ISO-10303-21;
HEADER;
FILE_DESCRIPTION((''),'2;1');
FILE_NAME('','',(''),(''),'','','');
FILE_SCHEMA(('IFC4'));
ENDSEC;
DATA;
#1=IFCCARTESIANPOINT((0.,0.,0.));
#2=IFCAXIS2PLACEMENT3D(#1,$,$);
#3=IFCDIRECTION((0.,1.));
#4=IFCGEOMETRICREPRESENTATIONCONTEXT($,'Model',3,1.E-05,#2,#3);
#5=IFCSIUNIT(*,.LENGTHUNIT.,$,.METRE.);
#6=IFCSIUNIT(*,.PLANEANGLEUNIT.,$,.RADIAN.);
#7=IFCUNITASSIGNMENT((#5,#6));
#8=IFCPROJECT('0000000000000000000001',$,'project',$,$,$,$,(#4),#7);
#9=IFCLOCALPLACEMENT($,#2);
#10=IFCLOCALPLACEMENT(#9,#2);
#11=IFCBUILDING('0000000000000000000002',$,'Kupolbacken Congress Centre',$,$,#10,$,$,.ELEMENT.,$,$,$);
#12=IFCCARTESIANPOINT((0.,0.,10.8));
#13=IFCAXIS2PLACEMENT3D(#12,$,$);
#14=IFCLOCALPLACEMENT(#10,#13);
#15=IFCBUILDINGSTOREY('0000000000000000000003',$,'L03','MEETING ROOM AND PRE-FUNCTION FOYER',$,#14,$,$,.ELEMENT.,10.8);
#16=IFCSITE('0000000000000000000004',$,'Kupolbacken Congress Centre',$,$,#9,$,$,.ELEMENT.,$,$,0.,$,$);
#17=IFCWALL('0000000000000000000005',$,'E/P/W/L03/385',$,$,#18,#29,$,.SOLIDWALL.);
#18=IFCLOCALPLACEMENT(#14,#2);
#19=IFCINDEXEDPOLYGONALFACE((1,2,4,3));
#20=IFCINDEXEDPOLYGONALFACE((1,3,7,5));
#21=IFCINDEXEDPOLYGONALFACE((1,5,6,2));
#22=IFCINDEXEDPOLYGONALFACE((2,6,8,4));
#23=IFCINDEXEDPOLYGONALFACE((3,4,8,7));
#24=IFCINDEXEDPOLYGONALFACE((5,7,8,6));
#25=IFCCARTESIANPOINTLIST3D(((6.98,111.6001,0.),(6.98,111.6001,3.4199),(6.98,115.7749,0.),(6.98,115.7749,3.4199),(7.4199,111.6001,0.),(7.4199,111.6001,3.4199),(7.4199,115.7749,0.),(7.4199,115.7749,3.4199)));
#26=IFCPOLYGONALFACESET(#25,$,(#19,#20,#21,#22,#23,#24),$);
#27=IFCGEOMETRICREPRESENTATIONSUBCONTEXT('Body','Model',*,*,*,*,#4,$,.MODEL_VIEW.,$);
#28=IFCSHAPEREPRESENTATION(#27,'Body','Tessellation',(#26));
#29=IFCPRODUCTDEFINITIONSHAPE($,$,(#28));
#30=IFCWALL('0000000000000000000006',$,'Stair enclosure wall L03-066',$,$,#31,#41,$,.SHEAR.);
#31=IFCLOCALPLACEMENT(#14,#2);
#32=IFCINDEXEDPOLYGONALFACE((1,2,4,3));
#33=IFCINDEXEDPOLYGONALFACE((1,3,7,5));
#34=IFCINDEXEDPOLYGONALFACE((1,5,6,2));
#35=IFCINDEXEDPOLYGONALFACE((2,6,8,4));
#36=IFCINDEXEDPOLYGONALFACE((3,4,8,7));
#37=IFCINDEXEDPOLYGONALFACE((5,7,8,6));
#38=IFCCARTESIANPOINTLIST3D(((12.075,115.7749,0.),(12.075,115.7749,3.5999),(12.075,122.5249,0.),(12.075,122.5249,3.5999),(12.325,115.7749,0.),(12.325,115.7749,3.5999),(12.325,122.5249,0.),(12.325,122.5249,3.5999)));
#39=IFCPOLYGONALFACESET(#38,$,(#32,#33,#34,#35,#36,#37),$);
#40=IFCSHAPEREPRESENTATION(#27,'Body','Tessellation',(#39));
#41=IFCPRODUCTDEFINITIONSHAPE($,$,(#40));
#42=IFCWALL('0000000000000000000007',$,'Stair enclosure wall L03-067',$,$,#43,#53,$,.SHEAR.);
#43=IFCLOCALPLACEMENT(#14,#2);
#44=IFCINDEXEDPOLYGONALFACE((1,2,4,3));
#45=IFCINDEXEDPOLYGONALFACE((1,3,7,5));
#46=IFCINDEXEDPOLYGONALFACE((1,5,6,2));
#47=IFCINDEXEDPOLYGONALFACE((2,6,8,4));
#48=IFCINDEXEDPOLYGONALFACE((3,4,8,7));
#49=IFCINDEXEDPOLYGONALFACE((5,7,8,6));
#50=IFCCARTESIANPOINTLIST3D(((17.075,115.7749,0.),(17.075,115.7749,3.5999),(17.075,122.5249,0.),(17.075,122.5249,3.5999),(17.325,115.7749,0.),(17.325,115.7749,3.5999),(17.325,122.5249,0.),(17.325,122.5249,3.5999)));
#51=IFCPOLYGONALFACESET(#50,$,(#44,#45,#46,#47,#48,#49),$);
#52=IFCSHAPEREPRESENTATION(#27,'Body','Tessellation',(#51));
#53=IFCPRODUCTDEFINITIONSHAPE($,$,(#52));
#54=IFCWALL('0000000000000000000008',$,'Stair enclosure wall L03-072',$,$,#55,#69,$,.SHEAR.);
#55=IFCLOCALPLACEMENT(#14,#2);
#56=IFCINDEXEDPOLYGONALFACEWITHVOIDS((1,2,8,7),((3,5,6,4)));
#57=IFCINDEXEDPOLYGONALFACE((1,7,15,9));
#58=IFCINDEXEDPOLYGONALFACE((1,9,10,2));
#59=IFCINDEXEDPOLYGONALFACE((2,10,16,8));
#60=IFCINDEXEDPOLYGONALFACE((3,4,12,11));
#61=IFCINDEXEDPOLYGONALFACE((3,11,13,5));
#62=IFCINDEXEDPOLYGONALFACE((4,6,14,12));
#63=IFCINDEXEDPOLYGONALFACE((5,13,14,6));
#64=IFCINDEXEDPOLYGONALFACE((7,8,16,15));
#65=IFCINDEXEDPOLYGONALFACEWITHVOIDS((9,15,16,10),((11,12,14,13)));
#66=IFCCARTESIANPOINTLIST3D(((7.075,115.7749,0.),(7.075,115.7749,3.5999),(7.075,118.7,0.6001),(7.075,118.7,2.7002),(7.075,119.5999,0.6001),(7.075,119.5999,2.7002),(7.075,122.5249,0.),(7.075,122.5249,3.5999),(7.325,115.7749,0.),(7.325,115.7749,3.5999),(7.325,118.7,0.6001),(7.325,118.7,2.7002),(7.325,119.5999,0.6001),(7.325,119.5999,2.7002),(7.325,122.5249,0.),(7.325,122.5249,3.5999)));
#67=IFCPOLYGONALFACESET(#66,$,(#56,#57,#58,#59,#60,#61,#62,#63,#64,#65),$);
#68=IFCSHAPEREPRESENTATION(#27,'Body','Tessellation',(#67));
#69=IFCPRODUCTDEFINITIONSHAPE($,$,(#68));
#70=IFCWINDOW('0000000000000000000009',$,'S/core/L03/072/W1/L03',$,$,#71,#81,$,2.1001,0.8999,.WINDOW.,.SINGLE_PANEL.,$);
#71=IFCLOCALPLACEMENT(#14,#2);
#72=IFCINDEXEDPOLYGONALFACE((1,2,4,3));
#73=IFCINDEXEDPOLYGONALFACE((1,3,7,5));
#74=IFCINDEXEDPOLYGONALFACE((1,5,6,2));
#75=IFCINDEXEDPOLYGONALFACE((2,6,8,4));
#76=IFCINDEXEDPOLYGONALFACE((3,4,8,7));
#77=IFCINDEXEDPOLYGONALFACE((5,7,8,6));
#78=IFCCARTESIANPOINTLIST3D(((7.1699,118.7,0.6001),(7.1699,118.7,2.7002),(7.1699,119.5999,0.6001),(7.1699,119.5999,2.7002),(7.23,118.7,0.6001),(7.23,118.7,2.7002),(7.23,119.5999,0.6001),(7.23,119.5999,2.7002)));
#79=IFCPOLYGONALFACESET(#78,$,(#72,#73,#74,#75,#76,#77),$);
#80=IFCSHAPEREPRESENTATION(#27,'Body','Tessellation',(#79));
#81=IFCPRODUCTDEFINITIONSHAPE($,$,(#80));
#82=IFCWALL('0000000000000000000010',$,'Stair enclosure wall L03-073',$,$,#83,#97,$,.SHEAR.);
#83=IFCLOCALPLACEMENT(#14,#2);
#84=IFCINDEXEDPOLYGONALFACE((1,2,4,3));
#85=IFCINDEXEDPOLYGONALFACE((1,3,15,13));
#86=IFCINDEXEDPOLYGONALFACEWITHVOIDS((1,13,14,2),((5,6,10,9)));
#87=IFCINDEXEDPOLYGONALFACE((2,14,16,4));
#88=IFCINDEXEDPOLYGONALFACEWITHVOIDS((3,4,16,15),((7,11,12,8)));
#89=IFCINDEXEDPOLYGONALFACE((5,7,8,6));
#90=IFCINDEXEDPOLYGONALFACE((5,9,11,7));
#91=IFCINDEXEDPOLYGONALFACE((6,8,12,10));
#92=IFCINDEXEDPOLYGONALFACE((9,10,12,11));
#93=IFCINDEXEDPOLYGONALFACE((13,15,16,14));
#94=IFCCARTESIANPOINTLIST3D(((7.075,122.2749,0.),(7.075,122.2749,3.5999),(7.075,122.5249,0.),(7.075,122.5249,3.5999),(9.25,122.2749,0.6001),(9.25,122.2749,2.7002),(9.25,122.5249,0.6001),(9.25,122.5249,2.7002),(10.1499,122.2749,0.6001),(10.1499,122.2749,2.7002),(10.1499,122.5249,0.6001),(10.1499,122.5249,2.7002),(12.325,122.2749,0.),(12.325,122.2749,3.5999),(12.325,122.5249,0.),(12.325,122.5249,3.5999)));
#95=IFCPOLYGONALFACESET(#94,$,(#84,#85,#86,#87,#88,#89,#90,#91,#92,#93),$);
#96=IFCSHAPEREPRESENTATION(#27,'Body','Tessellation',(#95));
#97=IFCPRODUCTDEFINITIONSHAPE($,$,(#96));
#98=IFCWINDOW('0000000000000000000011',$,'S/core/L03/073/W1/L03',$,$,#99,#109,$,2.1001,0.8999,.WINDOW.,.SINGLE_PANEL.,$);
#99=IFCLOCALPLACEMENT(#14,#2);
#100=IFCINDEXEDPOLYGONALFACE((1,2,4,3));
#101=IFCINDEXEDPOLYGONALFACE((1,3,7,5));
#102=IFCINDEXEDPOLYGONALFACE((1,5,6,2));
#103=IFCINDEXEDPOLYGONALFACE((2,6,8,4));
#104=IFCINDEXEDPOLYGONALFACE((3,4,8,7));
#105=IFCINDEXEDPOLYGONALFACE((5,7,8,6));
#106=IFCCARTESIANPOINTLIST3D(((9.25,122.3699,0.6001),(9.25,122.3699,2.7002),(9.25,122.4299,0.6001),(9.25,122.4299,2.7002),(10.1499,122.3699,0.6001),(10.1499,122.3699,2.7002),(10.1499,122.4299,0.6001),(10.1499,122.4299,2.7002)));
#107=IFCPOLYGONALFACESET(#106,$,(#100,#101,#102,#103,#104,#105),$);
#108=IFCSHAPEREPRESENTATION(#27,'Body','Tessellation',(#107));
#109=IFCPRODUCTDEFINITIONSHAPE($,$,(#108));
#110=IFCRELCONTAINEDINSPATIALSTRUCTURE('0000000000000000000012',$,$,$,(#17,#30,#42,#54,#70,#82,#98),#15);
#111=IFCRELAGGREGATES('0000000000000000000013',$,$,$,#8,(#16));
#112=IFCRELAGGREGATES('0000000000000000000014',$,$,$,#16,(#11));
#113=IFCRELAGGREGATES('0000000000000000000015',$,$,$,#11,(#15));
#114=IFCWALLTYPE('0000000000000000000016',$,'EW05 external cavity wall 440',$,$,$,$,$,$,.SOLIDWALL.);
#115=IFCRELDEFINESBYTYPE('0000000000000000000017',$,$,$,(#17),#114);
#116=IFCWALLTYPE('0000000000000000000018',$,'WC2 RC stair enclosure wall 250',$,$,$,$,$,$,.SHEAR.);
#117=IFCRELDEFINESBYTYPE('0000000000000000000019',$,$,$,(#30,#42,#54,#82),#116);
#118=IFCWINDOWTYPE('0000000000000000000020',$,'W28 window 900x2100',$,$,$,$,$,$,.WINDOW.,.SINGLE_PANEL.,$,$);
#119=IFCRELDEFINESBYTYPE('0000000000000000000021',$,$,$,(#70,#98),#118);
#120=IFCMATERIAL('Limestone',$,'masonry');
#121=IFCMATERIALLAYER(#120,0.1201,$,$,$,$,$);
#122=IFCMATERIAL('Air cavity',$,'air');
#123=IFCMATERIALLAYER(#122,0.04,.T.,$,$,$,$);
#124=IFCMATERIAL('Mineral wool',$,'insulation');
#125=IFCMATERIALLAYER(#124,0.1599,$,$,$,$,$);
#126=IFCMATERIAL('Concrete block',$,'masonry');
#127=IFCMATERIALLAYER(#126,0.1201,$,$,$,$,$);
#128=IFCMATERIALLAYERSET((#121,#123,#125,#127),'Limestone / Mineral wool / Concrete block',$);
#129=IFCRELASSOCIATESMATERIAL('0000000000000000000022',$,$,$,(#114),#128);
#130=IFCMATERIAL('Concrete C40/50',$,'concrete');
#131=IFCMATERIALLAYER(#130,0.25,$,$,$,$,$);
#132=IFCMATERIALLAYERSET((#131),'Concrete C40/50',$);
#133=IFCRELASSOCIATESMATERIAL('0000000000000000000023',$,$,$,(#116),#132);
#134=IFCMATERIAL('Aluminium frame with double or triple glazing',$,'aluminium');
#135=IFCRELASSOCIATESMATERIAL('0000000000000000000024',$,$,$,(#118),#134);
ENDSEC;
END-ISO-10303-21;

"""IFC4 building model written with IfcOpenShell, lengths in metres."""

from ifc_helpers import new_model, si_unit, direction, frame, frame_2d, origin, place, context, subcontext, project, spatial, rectangle, extrude, material, layer, layer_set, type_object, element, fill, save


model = new_model("IFC4")

# Units and contexts
model_context = context("Model", 3, precision=1e-05, world=origin(), true_north=direction((0.0, 1.0)))
body_context = subcontext(model_context, "Body", "Model", "MODEL_VIEW")
ifc_project = project(units=[si_unit("LENGTHUNIT", "METRE"), si_unit("PLANEANGLEUNIT", "RADIAN")], contexts=[model_context])

# Site, building, storey
site_placement = place(None, origin())
site = spatial("IfcSite", under=ifc_project, at=site_placement, Name="Kupolbacken Congress Centre", CompositionType="ELEMENT", RefElevation=0.0)
building_placement = place(site_placement, origin())
building = spatial("IfcBuilding", under=site, at=building_placement, Name="Kupolbacken Congress Centre", CompositionType="ELEMENT")
storey_placement = place(building_placement, frame((0.0, 0.0, 10.8)))
storey = spatial("IfcBuildingStorey", under=building, at=storey_placement, Name="L03", Description="MEETING ROOM AND PRE-FUNCTION FOYER", CompositionType="ELEMENT", Elevation=10.8)

# Wall
ifc_material_1 = material(Name="Limestone", Category="masonry")
ifc_layer_1 = layer(ifc_material_1, 0.1201)
ifc_material_2 = material(Name="Air cavity", Category="air")
ifc_layer_2 = layer(ifc_material_2, 0.04, ventilated=True)
ifc_material_3 = material(Name="Mineral wool", Category="insulation")
ifc_layer_3 = layer(ifc_material_3, 0.1599)
ifc_material_4 = material(Name="Concrete block", Category="masonry")
ifc_layer_4 = layer(ifc_material_4, 0.1201)
ifc_layer_set_1 = layer_set([ifc_layer_1, ifc_layer_2, ifc_layer_3, ifc_layer_4], Name="Limestone / Mineral wool / Concrete block")
wall_type_1 = type_object("IfcWallType", Name="EW05 external cavity wall 440", PredefinedType="SOLIDWALL", material=ifc_layer_set_1)
wall_1_placement = place(storey_placement, frame((7.2, 115.7749, 0.0), z_axis=(0.0, 0.0, 1.0), x_axis=(0.0, -1.0, 0.0)))
element("IfcWall", 1, at=wall_1_placement, inside=storey, type_object=wall_type_1, Name="E/P/W/L03/385", PredefinedType="SOLIDWALL", context=body_context, shape_type="SweptSolid", body=[
    extrude(rectangle(XDim=4.1748, YDim=0.4399, at=frame_2d((2.0874, 0.0))), origin(), (0.0, 0.0, 1.0), 3.4199),
])

# Shared definitions
ifc_material_5 = material(Name="Concrete C40/50", Category="concrete")
ifc_layer_5 = layer(ifc_material_5, 0.25)
ifc_layer_set_2 = layer_set([ifc_layer_5], Name="Concrete C40/50")
wall_type_2 = type_object("IfcWallType", Name="WC2 RC stair enclosure wall 250", PredefinedType="SHEAR", material=ifc_layer_set_2)

# Walls
for number, where, z_axis, x_axis, name in (
    (2, (12.2, 115.7749, 0.0), (0.0, 0.0, 1.0), (0.0, 1.0, 0.0), "Stair enclosure wall L03-066"),
    (3, (17.2, 115.7749, 0.0), (0.0, 0.0, 1.0), (0.0, 1.0, 0.0), "Stair enclosure wall L03-067"),
):
    element("IfcWall", number, at=place(storey_placement, frame(where, z_axis=z_axis, x_axis=x_axis)), inside=storey, type_object=wall_type_2, Name=name, PredefinedType="SHEAR", context=body_context, shape_type="SweptSolid", body=[
        extrude(rectangle(XDim=6.75, YDim=0.25, at=frame_2d((3.375, 0.0))), origin(), (0.0, 0.0, 1.0), 3.5999),
    ])

# Walls, openings, windows
wall_2_placement = place(storey_placement, frame((7.2, 122.5249, 0.0), z_axis=(0.0, 0.0, 1.0), x_axis=(0.0, -1.0, 0.0)))
wall_2 = element("IfcWall", 4, at=wall_2_placement, inside=storey, type_object=wall_type_2, Name="Stair enclosure wall L03-072", PredefinedType="SHEAR", context=body_context, shape_type="SweptSolid", body=[
    extrude(rectangle(XDim=6.75, YDim=0.25, at=frame_2d((3.375, 0.0))), origin(), (0.0, 0.0, 1.0), 3.5999),
])
opening_1_placement = place(wall_2_placement, frame((2.925, 0.0, 0.6001)))
opening_1 = element("IfcOpeningElement", 5, at=opening_1_placement, cuts=wall_2, PredefinedType="OPENING", context=body_context, shape_type="SweptSolid", body=[
    extrude(rectangle(XDim=0.8999, YDim=2.1001, at=frame_2d((0.45, 1.05))), frame((0.0, 0.135, 0.0), z_axis=(0.0, -1.0, 0.0), x_axis=(1.0, 0.0, 0.0)), (0.0, 0.0, 1.0), 0.27),
])
ifc_material_6 = material(Name="Aluminium frame with double or triple glazing", Category="aluminium")
window_type = type_object("IfcWindowType", Name="W28 window 900x2100", PartitioningType="SINGLE_PANEL", PredefinedType="WINDOW", material=ifc_material_6)
window_1_placement = place(opening_1_placement, origin())
window_1 = element("IfcWindow", 6, at=window_1_placement, inside=storey, type_object=window_type, Name="S/core/L03/072/W1/L03", OverallHeight=2.1001, OverallWidth=0.8999, PartitioningType="SINGLE_PANEL", PredefinedType="WINDOW", context=body_context, shape_type="SweptSolid", body=[
    extrude(rectangle(XDim=0.8999, YDim=2.1001, at=frame_2d((0.45, 1.05))), frame((0.0, 0.03, 0.0), z_axis=(0.0, -1.0, 0.0), x_axis=(1.0, 0.0, 0.0)), (0.0, 0.0, 1.0), 0.0601),
])
fill(opening_1, window_1)
wall_3_placement = place(storey_placement, frame((12.325, 122.3999, 0.0), z_axis=(0.0, 0.0, 1.0), x_axis=(-1.0, 0.0, 0.0)))
wall_3 = element("IfcWall", 7, at=wall_3_placement, inside=storey, type_object=wall_type_2, Name="Stair enclosure wall L03-073", PredefinedType="SHEAR", context=body_context, shape_type="SweptSolid", body=[
    extrude(rectangle(XDim=5.25, YDim=0.25, at=frame_2d((2.625, 0.0))), origin(), (0.0, 0.0, 1.0), 3.5999),
])
opening_2_placement = place(wall_3_placement, frame((2.175, 0.0, 0.6001)))
opening_2 = element("IfcOpeningElement", 8, at=opening_2_placement, cuts=wall_3, PredefinedType="OPENING", context=body_context, shape_type="SweptSolid", body=[
    extrude(rectangle(XDim=0.8999, YDim=2.1001, at=frame_2d((0.45, 1.05))), frame((0.0, 0.135, 0.0), z_axis=(0.0, -1.0, 0.0), x_axis=(1.0, 0.0, 0.0)), (0.0, 0.0, 1.0), 0.27),
])
window_2_placement = place(opening_2_placement, origin())
window_2 = element("IfcWindow", 9, at=window_2_placement, inside=storey, type_object=window_type, Name="S/core/L03/073/W1/L03", OverallHeight=2.1001, OverallWidth=0.8999, PartitioningType="SINGLE_PANEL", PredefinedType="WINDOW", context=body_context, shape_type="SweptSolid", body=[
    extrude(rectangle(XDim=0.8999, YDim=2.1001, at=frame_2d((0.45, 1.05))), frame((0.0, 0.03, 0.0), z_axis=(0.0, -1.0, 0.0), x_axis=(1.0, 0.0, 0.0)), (0.0, 0.0, 1.0), 0.0601),
])
fill(opening_2, window_2)

save(model, "model.ifc")
